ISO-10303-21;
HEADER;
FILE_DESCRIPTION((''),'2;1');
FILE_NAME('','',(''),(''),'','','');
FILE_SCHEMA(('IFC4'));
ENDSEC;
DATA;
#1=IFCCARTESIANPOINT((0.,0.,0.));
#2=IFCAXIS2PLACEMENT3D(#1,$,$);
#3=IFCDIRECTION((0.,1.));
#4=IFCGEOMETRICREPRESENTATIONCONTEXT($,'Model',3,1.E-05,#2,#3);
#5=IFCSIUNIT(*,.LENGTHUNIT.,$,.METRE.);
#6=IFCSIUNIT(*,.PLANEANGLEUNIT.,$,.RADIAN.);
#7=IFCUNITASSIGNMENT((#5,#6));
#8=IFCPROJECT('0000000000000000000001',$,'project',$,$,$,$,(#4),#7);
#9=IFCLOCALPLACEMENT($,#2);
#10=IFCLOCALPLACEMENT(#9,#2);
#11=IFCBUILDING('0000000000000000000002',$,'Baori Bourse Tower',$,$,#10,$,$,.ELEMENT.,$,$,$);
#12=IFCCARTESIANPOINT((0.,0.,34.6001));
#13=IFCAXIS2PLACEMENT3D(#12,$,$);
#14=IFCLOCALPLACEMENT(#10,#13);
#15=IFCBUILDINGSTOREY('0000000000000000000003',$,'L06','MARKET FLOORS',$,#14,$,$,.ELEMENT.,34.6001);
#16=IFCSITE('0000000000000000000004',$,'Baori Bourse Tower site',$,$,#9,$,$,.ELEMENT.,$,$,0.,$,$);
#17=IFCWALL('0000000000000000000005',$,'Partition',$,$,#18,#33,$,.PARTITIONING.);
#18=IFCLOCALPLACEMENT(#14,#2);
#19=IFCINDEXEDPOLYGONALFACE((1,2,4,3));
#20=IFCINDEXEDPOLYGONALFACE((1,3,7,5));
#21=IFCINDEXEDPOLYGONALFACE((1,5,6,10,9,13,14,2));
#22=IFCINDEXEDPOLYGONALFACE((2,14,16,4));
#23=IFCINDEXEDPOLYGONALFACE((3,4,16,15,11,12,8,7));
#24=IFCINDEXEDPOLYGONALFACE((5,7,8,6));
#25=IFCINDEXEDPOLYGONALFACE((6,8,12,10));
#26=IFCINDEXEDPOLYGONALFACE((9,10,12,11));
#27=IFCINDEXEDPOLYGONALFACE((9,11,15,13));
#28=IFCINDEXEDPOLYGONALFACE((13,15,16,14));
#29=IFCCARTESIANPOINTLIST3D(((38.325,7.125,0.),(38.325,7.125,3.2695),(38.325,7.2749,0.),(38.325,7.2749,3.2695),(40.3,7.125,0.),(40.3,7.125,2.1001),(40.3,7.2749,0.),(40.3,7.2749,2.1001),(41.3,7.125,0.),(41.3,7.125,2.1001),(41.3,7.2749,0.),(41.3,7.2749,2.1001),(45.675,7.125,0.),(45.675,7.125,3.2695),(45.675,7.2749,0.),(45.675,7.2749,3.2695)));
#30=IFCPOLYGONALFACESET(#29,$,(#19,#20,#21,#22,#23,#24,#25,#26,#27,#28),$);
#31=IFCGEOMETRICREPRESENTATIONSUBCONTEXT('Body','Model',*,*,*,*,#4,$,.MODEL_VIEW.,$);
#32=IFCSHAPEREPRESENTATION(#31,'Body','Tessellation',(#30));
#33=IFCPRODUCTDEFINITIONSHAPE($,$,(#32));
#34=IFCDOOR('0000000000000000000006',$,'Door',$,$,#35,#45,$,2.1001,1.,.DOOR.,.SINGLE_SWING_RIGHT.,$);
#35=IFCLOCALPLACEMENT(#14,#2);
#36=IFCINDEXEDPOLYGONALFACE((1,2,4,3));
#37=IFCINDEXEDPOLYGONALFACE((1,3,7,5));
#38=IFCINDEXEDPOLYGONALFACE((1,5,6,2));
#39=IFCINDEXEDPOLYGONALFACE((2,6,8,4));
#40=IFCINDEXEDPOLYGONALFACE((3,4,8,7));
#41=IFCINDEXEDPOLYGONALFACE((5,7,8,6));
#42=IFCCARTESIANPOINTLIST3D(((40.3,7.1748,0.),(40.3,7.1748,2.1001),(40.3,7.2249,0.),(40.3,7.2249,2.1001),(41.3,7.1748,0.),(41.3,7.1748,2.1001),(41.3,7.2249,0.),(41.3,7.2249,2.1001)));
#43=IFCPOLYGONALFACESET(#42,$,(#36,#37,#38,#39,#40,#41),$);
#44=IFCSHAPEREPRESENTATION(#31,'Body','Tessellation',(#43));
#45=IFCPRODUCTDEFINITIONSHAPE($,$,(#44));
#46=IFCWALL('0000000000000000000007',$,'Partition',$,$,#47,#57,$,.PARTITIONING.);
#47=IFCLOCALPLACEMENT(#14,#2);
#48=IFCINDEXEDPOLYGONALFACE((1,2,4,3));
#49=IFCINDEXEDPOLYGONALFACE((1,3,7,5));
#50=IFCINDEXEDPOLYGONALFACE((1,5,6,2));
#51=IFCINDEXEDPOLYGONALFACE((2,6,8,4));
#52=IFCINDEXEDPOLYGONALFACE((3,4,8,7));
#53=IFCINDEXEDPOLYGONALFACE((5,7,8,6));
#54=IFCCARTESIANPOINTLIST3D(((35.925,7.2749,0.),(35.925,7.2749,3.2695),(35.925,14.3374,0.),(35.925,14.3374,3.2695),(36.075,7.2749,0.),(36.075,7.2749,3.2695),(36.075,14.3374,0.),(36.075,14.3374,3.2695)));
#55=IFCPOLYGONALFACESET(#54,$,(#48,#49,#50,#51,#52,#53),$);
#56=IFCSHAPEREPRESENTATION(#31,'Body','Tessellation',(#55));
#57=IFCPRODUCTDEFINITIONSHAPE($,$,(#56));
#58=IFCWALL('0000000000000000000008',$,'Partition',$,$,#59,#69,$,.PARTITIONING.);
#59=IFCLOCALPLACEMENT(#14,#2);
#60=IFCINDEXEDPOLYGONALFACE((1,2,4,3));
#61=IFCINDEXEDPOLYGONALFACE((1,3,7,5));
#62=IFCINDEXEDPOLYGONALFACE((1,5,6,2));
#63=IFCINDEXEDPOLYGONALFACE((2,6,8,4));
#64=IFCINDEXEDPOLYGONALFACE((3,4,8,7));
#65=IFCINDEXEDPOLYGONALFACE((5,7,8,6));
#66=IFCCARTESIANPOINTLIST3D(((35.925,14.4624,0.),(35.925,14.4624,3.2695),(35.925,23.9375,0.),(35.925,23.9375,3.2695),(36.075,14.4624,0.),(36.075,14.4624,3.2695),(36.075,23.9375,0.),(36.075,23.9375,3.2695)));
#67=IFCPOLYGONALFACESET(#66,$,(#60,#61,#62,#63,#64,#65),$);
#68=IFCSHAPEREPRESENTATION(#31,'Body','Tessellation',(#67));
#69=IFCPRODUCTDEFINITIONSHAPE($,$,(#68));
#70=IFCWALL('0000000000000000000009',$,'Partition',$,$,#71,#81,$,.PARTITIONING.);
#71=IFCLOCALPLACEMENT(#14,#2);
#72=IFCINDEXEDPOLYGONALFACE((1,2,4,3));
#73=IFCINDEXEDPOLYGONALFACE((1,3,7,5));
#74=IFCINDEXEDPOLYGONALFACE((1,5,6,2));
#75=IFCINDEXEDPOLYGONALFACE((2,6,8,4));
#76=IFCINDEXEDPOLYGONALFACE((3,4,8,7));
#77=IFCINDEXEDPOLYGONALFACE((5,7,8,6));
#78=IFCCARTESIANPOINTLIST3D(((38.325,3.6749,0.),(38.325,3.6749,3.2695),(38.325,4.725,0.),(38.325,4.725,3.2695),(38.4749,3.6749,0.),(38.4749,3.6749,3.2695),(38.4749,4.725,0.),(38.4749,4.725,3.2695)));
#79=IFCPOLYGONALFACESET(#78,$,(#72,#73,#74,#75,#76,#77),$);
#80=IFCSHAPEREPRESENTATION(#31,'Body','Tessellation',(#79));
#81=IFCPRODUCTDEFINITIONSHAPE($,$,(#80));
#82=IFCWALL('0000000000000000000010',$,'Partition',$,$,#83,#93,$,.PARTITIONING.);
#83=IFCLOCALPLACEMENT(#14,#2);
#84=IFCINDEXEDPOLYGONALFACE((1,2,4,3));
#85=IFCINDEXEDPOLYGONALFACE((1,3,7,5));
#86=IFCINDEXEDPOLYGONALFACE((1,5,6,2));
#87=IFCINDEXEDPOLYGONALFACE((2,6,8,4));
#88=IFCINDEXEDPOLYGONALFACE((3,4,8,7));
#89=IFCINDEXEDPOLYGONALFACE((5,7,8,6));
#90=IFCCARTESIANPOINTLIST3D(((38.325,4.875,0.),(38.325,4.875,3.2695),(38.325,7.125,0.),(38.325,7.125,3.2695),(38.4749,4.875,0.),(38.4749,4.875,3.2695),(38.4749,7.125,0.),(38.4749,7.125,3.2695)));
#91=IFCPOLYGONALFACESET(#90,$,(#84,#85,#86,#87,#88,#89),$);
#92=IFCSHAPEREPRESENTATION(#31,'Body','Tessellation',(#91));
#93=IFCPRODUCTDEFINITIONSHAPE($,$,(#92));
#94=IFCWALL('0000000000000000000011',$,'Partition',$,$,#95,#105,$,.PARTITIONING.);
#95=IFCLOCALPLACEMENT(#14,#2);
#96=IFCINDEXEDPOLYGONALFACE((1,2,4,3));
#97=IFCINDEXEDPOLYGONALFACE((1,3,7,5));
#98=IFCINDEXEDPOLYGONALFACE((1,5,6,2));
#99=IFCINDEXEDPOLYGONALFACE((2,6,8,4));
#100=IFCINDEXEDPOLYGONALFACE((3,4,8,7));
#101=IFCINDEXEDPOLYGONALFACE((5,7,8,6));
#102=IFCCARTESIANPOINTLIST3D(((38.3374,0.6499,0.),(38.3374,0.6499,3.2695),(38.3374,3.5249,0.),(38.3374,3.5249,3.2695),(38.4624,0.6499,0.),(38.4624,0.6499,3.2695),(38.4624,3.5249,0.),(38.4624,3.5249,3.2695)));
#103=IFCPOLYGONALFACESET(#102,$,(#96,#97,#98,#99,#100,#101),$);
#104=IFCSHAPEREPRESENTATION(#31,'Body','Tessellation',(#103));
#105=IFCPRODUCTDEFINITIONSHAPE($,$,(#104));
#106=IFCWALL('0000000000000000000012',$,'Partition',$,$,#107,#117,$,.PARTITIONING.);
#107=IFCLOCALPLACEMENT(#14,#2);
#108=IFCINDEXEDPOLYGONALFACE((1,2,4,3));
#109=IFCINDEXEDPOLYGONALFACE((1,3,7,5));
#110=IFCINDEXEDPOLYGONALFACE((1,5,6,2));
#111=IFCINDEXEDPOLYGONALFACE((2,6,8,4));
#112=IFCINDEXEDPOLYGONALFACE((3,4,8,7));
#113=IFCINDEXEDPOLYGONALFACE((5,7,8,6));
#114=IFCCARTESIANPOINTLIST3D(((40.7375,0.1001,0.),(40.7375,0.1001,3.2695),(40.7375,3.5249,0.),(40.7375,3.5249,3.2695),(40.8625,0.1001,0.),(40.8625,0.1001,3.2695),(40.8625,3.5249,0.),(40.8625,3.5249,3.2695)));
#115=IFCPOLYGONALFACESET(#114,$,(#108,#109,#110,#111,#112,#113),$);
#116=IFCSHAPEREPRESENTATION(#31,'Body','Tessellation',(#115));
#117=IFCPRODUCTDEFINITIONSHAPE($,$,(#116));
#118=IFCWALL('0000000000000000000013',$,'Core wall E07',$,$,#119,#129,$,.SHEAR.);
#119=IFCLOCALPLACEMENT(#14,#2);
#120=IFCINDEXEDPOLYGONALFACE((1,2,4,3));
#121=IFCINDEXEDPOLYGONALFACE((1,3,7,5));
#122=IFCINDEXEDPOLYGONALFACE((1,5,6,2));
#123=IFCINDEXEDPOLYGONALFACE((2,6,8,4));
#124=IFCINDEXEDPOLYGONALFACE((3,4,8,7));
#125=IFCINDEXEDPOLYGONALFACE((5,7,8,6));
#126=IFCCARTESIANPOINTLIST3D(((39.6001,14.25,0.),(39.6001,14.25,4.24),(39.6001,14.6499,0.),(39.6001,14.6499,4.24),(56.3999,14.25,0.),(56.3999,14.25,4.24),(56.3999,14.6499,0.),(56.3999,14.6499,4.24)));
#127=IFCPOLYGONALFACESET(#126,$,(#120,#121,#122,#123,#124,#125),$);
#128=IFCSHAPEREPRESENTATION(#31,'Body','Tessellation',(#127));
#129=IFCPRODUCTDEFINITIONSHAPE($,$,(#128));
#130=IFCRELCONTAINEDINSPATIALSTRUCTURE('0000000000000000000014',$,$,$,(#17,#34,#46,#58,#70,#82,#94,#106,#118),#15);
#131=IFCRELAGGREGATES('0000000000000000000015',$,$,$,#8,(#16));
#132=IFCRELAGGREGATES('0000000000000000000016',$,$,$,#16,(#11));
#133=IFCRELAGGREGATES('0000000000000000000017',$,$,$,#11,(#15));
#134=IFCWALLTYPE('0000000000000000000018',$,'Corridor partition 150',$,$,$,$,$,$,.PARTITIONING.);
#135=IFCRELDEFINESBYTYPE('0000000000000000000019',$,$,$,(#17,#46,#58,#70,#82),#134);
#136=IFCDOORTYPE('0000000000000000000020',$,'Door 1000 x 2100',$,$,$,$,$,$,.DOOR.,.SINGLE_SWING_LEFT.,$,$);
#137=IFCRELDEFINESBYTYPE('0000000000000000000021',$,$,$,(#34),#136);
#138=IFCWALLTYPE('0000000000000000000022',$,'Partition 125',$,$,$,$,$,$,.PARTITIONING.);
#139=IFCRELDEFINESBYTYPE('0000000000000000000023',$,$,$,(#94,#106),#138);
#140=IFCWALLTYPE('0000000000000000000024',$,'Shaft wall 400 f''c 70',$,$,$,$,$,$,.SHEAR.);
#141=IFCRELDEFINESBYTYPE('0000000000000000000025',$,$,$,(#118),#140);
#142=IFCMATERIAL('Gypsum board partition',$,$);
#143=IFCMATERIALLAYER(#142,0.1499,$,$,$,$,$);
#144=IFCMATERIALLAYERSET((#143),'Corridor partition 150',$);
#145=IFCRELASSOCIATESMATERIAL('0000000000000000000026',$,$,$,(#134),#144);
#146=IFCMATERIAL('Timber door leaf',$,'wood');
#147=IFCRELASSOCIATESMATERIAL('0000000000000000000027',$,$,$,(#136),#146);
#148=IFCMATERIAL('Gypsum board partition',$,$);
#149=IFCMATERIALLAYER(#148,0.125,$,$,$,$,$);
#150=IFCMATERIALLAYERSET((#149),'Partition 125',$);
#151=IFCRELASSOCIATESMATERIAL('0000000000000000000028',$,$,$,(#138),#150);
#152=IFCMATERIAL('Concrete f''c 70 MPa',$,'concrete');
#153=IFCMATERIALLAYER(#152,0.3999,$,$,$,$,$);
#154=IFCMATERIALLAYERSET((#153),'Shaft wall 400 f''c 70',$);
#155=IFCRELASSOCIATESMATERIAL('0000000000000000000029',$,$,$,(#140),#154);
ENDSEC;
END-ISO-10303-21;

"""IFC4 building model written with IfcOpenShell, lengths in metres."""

from ifc_helpers import new_model, si_unit, direction, frame, frame_2d, origin, place, context, subcontext, project, spatial, rectangle, extrude, material, layer, layer_set, type_object, element, fill, save


model = new_model("IFC4")

# Units and contexts
model_context = context("Model", 3, precision=1e-05, world=origin(), true_north=direction((0.0, 1.0)))
body_context = subcontext(model_context, "Body", "Model", "MODEL_VIEW")
ifc_project = project(units=[si_unit("LENGTHUNIT", "METRE"), si_unit("PLANEANGLEUNIT", "RADIAN")], contexts=[model_context])

# Site, building, storey
site_placement = place(None, origin())
site = spatial("IfcSite", under=ifc_project, at=site_placement, Name="Baori Bourse Tower site", CompositionType="ELEMENT", RefElevation=0.0)
building_placement = place(site_placement, origin())
building = spatial("IfcBuilding", under=site, at=building_placement, Name="Baori Bourse Tower", CompositionType="ELEMENT")
storey_placement = place(building_placement, frame((0.0, 0.0, 34.6001)))
storey = spatial("IfcBuildingStorey", under=building, at=storey_placement, Name="L06", Description="MARKET FLOORS", CompositionType="ELEMENT", Elevation=34.6001)

# Shared definitions
ifc_material_1 = material(Name="Gypsum board partition")
ifc_layer_1 = layer(ifc_material_1, 0.1499)
ifc_layer_set_1 = layer_set([ifc_layer_1], Name="Corridor partition 150")
wall_type_1 = type_object("IfcWallType", Name="Corridor partition 150", PredefinedType="PARTITIONING", material=ifc_layer_set_1)

# Wall, opening, door
wall_1_placement = place(storey_placement, frame((38.325, 7.2, 0.0), z_axis=(0.0, 0.0, 1.0), x_axis=(1.0, 0.0, 0.0)))
wall_1 = element("IfcWall", 1, at=wall_1_placement, inside=storey, type_object=wall_type_1, Name="Partition", PredefinedType="PARTITIONING", context=body_context, shape_type="SweptSolid", body=[
    extrude(rectangle(XDim=7.3501, YDim=0.1499, at=frame_2d((3.675, 0.0))), origin(), (0.0, 0.0, 1.0), 3.2695),
])
opening_1_placement = place(wall_1_placement, frame((1.9751, 0.0, 0.0)))
opening_1 = element("IfcOpeningElement", 2, at=opening_1_placement, cuts=wall_1, PredefinedType="OPENING", context=body_context, shape_type="SweptSolid", body=[
    extrude(rectangle(XDim=1.0, YDim=2.1001, at=frame_2d((0.5, 1.05))), frame((0.0, 0.085, 0.0), z_axis=(0.0, -1.0, 0.0), x_axis=(1.0, 0.0, 0.0)), (0.0, 0.0, 1.0), 0.1699),
])
ifc_material_2 = material(Name="Timber door leaf", Category="wood")
door_type_1 = type_object("IfcDoorType", Name="Door 1000 x 2100", OperationType="SINGLE_SWING_LEFT", PredefinedType="DOOR", material=ifc_material_2)
door_1_placement = place(opening_1_placement, origin())
door_1 = element("IfcDoor", 3, at=door_1_placement, inside=storey, type_object=door_type_1, Name="Door", OperationType="SINGLE_SWING_RIGHT", OverallHeight=2.1001, OverallWidth=1.0, PredefinedType="DOOR", context=body_context, shape_type="SweptSolid", body=[
    extrude(rectangle(XDim=1.0, YDim=2.1001, at=frame_2d((0.5, 1.05))), frame((0.0, 0.0249, 0.0), z_axis=(0.0, -1.0, 0.0), x_axis=(1.0, 0.0, 0.0)), (0.0, 0.0, 1.0), 0.05),
])
fill(opening_1, door_1)

# Walls
wall_2_placement = place(storey_placement, frame((36.0, 7.2749, 0.0), z_axis=(0.0, 0.0, 1.0), x_axis=(0.0, 1.0, 0.0)))
element("IfcWall", 4, at=wall_2_placement, inside=storey, type_object=wall_type_1, Name="Partition", PredefinedType="PARTITIONING", context=body_context, shape_type="SweptSolid", body=[
    extrude(rectangle(XDim=7.0625, YDim=0.1499, at=frame_2d((3.5312, 0.0))), origin(), (0.0, 0.0, 1.0), 3.2695),
])
wall_3_placement = place(storey_placement, frame((36.0, 14.4624, 0.0), z_axis=(0.0, 0.0, 1.0), x_axis=(0.0, 1.0, 0.0)))
element("IfcWall", 5, at=wall_3_placement, inside=storey, type_object=wall_type_1, Name="Partition", PredefinedType="PARTITIONING", context=body_context, shape_type="SweptSolid", body=[
    extrude(rectangle(XDim=9.4751, YDim=0.1499, at=frame_2d((4.7375, 0.0))), origin(), (0.0, 0.0, 1.0), 3.2695),
])
wall_4_placement = place(storey_placement, frame((38.3999, 3.675, 0.0), z_axis=(0.0, 0.0, 1.0), x_axis=(0.0, 1.0, 0.0)))
element("IfcWall", 6, at=wall_4_placement, inside=storey, type_object=wall_type_1, Name="Partition", PredefinedType="PARTITIONING", context=body_context, shape_type="SweptSolid", body=[
    extrude(rectangle(XDim=1.05, YDim=0.1499, at=frame_2d((0.5249, 0.0))), origin(), (0.0, 0.0, 1.0), 3.2695),
])
wall_5_placement = place(storey_placement, frame((38.3999, 4.875, 0.0), z_axis=(0.0, 0.0, 1.0), x_axis=(0.0, 1.0, 0.0)))
element("IfcWall", 7, at=wall_5_placement, inside=storey, type_object=wall_type_1, Name="Partition", PredefinedType="PARTITIONING", context=body_context, shape_type="SweptSolid", body=[
    extrude(rectangle(XDim=2.25, YDim=0.1499, at=frame_2d((1.125, 0.0))), origin(), (0.0, 0.0, 1.0), 3.2695),
])
ifc_material_3 = material(Name="Gypsum board partition")
ifc_layer_2 = layer(ifc_material_3, 0.125)
ifc_layer_set_2 = layer_set([ifc_layer_2], Name="Partition 125")
wall_type_2 = type_object("IfcWallType", Name="Partition 125", PredefinedType="PARTITIONING", material=ifc_layer_set_2)
wall_6_placement = place(storey_placement, frame((38.3999, 0.6499, 0.0), z_axis=(0.0, 0.0, 1.0), x_axis=(0.0, 1.0, 0.0)))
element("IfcWall", 8, at=wall_6_placement, inside=storey, type_object=wall_type_2, Name="Partition", PredefinedType="PARTITIONING", context=body_context, shape_type="SweptSolid", body=[
    extrude(rectangle(XDim=2.875, YDim=0.125, at=frame_2d((1.4375, 0.0))), origin(), (0.0, 0.0, 1.0), 3.2695),
])
wall_7_placement = place(storey_placement, frame((40.8, 0.1001, 0.0), z_axis=(0.0, 0.0, 1.0), x_axis=(0.0, 1.0, 0.0)))
element("IfcWall", 9, at=wall_7_placement, inside=storey, type_object=wall_type_2, Name="Partition", PredefinedType="PARTITIONING", context=body_context, shape_type="SweptSolid", body=[
    extrude(rectangle(XDim=3.4248, YDim=0.125, at=frame_2d((1.7124, 0.0))), origin(), (0.0, 0.0, 1.0), 3.2695),
])
ifc_material_4 = material(Name="Concrete f'c 70 MPa", Category="concrete")
ifc_layer_3 = layer(ifc_material_4, 0.3999)
ifc_layer_set_3 = layer_set([ifc_layer_3], Name="Shaft wall 400 f'c 70")
wall_type_3 = type_object("IfcWallType", Name="Shaft wall 400 f'c 70", PredefinedType="SHEAR", material=ifc_layer_set_3)
wall_8_placement = place(storey_placement, frame((39.6001, 14.45, 0.0), z_axis=(0.0, 0.0, 1.0), x_axis=(1.0, 0.0, 0.0)))
element("IfcWall", 10, at=wall_8_placement, inside=storey, type_object=wall_type_3, Name="Core wall E07", PredefinedType="SHEAR", context=body_context, shape_type="SweptSolid", body=[
    extrude(rectangle(XDim=16.7998, YDim=0.3999, at=frame_2d((8.3999, 0.0))), origin(), (0.0, 0.0, 1.0), 4.24),
])

save(model, "model.ifc")
